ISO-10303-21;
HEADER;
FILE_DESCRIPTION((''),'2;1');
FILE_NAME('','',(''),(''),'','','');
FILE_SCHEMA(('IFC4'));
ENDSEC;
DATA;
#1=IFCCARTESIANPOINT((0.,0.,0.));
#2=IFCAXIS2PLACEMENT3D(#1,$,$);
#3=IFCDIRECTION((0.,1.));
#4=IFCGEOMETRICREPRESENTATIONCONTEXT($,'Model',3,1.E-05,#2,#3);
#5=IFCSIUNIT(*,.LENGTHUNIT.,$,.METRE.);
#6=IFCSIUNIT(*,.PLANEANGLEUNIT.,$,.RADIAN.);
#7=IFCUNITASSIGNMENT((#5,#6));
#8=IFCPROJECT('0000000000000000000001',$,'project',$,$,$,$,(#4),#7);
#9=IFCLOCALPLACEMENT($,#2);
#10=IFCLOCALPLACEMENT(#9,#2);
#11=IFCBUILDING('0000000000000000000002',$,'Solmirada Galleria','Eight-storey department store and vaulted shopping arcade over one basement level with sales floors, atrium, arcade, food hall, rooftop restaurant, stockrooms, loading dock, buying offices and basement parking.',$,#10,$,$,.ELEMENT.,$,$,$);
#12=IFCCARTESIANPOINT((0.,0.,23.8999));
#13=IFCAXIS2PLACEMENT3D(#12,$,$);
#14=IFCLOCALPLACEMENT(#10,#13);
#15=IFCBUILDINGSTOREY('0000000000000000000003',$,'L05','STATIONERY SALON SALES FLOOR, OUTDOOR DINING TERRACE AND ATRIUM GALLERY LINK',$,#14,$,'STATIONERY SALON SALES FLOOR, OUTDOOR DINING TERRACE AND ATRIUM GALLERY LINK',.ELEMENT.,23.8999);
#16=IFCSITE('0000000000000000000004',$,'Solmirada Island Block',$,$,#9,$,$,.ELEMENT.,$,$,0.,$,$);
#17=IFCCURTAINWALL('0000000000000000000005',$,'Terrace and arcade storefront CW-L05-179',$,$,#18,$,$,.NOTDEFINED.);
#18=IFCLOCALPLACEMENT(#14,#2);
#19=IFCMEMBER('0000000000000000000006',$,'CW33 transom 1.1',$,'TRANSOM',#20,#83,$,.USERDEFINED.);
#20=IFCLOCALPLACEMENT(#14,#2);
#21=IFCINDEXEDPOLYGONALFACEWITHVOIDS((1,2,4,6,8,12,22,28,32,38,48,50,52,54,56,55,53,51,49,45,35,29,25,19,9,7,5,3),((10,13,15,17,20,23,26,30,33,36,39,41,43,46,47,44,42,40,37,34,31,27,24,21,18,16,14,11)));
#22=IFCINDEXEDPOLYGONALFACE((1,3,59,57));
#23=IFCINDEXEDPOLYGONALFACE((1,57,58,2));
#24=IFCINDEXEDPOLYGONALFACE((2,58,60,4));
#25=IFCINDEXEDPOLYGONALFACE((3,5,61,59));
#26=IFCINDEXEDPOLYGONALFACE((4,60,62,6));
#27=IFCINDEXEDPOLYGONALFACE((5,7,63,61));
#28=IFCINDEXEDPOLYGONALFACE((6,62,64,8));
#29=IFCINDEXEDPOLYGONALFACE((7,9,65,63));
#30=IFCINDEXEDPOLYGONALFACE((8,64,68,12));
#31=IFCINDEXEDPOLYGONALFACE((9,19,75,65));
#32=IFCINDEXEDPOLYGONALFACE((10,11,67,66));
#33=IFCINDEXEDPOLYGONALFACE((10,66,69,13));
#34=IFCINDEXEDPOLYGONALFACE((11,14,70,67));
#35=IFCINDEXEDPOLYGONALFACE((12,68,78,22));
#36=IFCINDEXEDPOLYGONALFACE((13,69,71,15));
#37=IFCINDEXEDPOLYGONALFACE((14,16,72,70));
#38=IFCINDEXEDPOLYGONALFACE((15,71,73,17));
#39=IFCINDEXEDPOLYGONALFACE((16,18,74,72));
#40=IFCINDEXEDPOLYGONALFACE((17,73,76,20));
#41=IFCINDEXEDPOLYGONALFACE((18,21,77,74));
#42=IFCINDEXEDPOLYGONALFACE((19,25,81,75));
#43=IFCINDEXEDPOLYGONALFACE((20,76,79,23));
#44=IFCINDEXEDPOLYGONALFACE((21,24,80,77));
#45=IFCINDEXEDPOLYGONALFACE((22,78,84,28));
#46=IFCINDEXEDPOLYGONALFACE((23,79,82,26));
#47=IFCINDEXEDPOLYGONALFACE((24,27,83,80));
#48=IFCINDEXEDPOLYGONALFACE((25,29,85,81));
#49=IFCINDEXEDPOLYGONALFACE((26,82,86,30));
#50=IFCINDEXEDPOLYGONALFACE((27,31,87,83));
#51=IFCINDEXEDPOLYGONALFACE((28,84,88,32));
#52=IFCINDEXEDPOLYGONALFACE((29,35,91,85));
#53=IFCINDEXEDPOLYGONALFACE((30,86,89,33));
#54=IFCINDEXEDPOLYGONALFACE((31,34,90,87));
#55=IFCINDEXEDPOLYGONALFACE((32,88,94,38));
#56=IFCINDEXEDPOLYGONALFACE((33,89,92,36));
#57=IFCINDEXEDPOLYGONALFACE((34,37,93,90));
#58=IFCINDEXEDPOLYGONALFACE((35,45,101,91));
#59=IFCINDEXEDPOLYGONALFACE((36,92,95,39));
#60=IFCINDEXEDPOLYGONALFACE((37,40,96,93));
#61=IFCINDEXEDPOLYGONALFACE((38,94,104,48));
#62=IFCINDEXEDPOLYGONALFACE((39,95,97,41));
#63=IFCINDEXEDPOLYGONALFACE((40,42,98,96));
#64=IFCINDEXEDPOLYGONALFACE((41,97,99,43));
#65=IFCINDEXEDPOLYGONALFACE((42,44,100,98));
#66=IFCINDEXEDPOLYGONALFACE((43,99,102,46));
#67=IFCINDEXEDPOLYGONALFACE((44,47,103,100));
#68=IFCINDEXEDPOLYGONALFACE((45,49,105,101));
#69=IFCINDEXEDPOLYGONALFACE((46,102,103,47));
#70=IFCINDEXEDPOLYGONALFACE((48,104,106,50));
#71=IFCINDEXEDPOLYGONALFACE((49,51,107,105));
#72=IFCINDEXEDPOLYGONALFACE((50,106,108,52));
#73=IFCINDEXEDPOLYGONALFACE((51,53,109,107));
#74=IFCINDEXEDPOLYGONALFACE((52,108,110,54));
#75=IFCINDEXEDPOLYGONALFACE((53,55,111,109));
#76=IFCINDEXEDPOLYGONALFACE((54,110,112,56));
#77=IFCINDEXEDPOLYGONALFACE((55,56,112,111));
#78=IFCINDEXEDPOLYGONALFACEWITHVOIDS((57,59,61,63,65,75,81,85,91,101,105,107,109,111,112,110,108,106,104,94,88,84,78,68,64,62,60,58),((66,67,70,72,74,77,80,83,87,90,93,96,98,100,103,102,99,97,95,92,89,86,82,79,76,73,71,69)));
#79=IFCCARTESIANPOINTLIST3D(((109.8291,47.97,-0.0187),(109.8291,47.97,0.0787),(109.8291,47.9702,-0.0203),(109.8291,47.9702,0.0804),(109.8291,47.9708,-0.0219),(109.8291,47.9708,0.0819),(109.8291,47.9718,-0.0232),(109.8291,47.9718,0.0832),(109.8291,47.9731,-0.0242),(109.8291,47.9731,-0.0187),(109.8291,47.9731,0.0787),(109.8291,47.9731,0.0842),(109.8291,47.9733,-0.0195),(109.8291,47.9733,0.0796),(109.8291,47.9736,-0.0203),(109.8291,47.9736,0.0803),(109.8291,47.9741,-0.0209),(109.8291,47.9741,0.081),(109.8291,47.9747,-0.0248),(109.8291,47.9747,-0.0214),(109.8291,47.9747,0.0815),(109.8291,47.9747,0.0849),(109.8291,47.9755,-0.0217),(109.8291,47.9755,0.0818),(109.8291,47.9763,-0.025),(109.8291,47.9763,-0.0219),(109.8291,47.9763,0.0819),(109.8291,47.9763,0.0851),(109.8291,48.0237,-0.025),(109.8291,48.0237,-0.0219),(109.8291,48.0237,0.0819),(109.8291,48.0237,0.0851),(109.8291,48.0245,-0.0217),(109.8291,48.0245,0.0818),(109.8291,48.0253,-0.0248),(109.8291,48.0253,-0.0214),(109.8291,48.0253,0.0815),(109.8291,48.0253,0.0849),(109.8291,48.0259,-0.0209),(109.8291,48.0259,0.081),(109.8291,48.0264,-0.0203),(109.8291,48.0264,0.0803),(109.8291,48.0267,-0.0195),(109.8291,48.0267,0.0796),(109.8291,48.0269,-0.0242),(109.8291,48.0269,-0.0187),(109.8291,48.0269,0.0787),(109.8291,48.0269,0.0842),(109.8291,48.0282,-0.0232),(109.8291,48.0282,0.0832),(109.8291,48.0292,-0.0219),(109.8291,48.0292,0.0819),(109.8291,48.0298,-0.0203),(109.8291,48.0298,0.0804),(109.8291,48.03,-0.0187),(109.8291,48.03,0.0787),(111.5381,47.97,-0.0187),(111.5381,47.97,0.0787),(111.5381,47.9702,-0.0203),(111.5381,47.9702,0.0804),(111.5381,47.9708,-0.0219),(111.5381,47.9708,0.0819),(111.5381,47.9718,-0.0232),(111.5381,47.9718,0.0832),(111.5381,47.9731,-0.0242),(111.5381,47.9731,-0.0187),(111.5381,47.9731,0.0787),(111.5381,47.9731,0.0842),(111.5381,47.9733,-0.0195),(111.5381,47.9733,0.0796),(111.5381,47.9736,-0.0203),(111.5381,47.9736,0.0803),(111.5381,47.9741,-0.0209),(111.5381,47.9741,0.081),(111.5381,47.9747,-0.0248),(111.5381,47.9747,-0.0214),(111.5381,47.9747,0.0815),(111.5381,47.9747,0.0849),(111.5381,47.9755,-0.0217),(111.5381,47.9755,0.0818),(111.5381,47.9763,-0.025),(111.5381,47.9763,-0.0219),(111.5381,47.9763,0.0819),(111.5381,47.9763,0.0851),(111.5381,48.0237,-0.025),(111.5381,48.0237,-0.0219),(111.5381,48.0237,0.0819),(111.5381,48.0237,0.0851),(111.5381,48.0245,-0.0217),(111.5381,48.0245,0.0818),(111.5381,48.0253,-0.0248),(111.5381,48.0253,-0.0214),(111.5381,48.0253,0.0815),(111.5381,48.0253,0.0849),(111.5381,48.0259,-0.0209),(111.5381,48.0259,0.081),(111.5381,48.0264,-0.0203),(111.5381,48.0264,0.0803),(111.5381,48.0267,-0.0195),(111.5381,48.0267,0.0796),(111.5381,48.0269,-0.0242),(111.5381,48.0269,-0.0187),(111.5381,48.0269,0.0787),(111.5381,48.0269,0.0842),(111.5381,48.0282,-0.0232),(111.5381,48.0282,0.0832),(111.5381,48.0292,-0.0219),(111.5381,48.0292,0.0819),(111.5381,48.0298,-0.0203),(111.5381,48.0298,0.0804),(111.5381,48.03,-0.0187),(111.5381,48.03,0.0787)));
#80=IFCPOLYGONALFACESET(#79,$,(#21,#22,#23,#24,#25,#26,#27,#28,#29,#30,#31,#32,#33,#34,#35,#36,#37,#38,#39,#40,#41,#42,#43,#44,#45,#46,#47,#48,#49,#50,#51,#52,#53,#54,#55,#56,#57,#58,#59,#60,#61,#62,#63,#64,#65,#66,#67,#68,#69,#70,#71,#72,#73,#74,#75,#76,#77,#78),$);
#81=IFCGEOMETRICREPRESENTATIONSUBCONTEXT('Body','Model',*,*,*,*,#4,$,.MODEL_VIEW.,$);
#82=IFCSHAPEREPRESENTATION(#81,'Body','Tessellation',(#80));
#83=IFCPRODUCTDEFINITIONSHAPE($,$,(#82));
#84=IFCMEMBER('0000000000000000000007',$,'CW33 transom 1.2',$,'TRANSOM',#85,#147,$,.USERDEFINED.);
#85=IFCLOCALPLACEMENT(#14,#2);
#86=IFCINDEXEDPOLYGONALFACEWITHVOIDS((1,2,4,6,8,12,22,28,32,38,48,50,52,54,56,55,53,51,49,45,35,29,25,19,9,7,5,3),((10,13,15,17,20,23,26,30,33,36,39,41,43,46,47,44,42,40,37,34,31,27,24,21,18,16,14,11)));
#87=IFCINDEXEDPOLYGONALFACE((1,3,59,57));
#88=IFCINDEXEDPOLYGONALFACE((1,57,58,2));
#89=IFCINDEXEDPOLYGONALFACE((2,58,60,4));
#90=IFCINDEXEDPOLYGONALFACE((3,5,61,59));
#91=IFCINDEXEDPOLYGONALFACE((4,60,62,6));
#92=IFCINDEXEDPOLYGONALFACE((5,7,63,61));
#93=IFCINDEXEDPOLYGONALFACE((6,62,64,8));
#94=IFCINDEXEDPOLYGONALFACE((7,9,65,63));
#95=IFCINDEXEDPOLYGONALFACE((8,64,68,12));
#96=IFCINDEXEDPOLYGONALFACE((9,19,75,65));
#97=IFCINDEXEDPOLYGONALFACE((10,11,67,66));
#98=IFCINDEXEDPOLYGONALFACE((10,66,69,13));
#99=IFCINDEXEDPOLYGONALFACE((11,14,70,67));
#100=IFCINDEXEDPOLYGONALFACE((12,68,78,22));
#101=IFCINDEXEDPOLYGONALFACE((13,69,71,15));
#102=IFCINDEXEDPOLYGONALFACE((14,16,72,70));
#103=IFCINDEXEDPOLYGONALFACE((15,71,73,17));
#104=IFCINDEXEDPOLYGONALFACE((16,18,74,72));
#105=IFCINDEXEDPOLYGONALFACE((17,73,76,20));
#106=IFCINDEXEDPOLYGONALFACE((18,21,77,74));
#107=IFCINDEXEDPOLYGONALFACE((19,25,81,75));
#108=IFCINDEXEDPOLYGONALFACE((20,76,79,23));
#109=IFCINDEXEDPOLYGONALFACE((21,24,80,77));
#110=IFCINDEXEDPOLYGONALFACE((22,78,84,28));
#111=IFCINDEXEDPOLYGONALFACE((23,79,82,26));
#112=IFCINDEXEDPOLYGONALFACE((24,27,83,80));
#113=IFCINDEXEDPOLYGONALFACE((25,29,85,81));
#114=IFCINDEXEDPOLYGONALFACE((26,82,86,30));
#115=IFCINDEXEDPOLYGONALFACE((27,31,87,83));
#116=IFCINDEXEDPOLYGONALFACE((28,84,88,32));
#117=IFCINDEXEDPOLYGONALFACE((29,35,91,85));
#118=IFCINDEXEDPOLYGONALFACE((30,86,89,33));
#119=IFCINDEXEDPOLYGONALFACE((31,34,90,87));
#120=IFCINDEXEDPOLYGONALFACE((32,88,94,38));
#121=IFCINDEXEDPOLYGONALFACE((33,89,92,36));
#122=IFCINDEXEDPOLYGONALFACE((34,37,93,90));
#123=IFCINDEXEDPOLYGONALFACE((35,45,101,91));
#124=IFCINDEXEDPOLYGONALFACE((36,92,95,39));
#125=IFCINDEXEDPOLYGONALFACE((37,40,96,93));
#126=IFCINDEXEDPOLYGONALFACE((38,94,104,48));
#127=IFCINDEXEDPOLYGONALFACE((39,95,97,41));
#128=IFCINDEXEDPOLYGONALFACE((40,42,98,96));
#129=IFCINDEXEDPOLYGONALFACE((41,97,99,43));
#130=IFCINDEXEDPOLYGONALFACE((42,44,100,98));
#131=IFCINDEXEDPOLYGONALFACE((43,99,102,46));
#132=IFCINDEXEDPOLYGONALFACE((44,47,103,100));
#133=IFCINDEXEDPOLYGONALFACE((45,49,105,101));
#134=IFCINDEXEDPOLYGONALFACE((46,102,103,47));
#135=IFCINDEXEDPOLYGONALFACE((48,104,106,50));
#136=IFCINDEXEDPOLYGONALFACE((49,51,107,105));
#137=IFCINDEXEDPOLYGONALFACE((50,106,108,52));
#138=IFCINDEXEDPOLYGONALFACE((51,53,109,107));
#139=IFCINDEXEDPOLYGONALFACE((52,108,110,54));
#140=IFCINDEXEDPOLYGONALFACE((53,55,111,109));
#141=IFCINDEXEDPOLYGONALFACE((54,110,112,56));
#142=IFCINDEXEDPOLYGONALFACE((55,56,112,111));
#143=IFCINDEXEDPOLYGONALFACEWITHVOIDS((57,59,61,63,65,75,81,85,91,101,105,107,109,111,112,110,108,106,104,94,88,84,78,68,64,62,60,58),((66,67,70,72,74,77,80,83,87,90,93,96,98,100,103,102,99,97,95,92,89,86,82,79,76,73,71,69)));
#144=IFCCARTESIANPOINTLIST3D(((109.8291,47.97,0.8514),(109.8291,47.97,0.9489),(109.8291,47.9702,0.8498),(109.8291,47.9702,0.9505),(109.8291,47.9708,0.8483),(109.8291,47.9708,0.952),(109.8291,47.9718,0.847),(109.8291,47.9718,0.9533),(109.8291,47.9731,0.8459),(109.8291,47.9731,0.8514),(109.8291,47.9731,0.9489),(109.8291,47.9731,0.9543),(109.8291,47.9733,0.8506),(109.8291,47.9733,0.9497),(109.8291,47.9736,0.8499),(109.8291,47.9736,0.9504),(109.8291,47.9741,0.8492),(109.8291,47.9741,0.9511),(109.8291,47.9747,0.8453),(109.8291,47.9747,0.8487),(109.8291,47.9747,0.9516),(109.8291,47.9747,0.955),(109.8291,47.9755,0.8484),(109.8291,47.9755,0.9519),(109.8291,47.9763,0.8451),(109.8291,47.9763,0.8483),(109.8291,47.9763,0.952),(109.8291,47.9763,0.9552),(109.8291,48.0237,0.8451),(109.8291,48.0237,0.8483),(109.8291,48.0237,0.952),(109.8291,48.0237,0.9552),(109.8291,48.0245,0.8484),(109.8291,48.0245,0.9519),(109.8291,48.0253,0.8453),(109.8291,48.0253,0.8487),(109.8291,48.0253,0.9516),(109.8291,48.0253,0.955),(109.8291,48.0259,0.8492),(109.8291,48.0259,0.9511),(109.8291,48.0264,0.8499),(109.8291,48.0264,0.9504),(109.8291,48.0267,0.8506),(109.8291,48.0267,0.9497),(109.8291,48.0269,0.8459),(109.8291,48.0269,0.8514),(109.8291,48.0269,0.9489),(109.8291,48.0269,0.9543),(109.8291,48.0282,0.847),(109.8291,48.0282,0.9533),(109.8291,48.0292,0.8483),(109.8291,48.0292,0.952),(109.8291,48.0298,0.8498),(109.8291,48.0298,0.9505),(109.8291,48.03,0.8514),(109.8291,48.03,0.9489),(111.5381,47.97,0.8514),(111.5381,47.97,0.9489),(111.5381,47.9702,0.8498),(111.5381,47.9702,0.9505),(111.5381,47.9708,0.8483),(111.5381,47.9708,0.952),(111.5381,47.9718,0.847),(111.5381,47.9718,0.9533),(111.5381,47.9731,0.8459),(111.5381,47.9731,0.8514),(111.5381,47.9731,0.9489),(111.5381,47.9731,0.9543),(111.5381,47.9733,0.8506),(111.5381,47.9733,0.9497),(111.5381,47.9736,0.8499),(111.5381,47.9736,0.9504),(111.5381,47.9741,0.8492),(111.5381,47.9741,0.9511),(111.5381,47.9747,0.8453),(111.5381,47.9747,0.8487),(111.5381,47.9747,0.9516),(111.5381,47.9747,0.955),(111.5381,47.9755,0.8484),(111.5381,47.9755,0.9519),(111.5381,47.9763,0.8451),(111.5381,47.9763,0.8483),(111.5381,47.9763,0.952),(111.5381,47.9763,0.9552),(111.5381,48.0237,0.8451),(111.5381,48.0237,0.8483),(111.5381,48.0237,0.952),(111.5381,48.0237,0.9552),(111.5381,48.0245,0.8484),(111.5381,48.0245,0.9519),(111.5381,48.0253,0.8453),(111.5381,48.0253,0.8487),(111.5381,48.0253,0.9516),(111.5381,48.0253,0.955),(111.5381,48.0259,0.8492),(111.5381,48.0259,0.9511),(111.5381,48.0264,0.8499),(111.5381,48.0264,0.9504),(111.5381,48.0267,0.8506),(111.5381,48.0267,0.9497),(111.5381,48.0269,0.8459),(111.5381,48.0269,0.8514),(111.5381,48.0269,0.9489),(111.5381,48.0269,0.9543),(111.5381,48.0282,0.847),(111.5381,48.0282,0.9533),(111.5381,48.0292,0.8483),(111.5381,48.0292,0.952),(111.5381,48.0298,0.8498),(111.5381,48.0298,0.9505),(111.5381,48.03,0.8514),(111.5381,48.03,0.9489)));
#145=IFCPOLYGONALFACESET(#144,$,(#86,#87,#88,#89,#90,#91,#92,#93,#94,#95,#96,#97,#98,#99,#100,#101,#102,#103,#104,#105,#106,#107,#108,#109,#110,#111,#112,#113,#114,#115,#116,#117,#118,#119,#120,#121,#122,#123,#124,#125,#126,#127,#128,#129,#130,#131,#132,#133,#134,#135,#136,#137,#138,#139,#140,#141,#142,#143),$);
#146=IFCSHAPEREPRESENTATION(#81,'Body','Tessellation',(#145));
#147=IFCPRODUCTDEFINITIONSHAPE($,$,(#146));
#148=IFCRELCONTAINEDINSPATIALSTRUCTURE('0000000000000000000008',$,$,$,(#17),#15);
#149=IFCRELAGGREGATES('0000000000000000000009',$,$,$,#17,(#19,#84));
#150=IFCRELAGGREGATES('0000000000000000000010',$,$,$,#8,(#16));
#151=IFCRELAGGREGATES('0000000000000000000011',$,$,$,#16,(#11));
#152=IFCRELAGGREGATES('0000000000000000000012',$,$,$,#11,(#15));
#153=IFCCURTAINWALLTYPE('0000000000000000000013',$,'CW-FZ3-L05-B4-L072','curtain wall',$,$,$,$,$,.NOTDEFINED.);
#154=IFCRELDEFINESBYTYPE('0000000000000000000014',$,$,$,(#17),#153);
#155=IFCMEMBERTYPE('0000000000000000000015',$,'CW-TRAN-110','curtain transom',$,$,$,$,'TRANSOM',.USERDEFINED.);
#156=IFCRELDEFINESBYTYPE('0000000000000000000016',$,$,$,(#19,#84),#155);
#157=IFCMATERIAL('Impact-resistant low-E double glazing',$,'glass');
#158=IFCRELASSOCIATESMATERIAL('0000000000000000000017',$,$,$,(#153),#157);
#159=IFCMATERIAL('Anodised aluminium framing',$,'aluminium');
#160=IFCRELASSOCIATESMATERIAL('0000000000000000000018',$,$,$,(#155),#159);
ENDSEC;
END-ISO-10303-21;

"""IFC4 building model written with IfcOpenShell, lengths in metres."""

from ifc_helpers import new_model, si_unit, direction, frame, origin, origin_2d, place, context, subcontext, project, spatial, hollow_rectangle, extrude, material, material_profile, profile_set, type_object, element, aggregate, save


model = new_model("IFC4")

# Units and contexts
model_context = context("Model", 3, precision=1e-05, world=origin(), true_north=direction((0.0, 1.0)))
body_context = subcontext(model_context, "Body", "Model", "MODEL_VIEW")
ifc_project = project(units=[si_unit("LENGTHUNIT", "METRE"), si_unit("PLANEANGLEUNIT", "RADIAN")], contexts=[model_context])

# Site, building, storey
site_placement = place(None, origin())
site = spatial("IfcSite", under=ifc_project, at=site_placement, Name="Solmirada Island Block", CompositionType="ELEMENT", RefElevation=0.0)
building_placement = place(site_placement, origin())
building = spatial("IfcBuilding", under=site, at=building_placement, Name="Solmirada Galleria", Description="Eight-storey department store and vaulted shopping arcade over one basement level with sales floors, atrium, arcade, food hall, rooftop restaurant, stockrooms, loading dock, buying offices and basement parking.", CompositionType="ELEMENT")
storey_placement = place(building_placement, frame((0.0, 0.0, 23.8999)))
storey = spatial("IfcBuildingStorey", under=building, at=storey_placement, Name="L05", Description="STATIONERY SALON SALES FLOOR, OUTDOOR DINING TERRACE AND ATRIUM GALLERY LINK", LongName="STATIONERY SALON SALES FLOOR, OUTDOOR DINING TERRACE AND ATRIUM GALLERY LINK", CompositionType="ELEMENT", Elevation=23.8999)

# Shared definitions
ifc_material_1 = material(Name="Impact-resistant low-E double glazing", Category="glass")
curtain_wall_type = type_object("IfcCurtainWallType", Name="CW-FZ3-L05-B4-L072", Description="curtain wall", PredefinedType="NOTDEFINED", material=ifc_material_1)
ifc_material_2 = material(Name="Anodised aluminium framing", Category="aluminium")

# Curtain wall
curtain_wall_1_placement = place(storey_placement, origin())
curtain_wall_1 = element("IfcCurtainWall", 1, at=curtain_wall_1_placement, inside=storey, type_object=curtain_wall_type, Name="Terrace and arcade storefront CW-L05-179", PredefinedType="NOTDEFINED")

# Members
ifc_material_profile_1 = material_profile(ifc_material_2, hollow_rectangle(XDim=0.0601, YDim=0.1101, WallThickness=0.0032, InnerFilletRadius=0.0032, OuterFilletRadius=0.0063, at=origin_2d()), Name="ALU-TRAN-110X60")
ifc_profile_set_1 = profile_set([ifc_material_profile_1], Name="Anodised aluminium framing")
member_type_1 = type_object("IfcMemberType", Name="CW-TRAN-110", Description="curtain transom", ElementType="TRANSOM", PredefinedType="USERDEFINED", material=ifc_profile_set_1)
member_1_placement = place(storey_placement, frame((111.5381, 48.0, 0.03), z_axis=(-1.0, 0.0, 0.0), x_axis=(0.0, -1.0, 0.0)))
member_1 = element("IfcMember", 2, at=member_1_placement, type_object=member_type_1, Name="CW33 transom 1.1", ObjectType="TRANSOM", PredefinedType="USERDEFINED", context=body_context, shape_type="SweptSolid", body=[
    extrude(hollow_rectangle(XDim=0.0601, YDim=0.1101, WallThickness=0.0032, InnerFilletRadius=0.0032, OuterFilletRadius=0.0063, at=origin_2d()), origin(), (0.0, 0.0, 1.0), 1.709),
])
member_2_placement = place(storey_placement, frame((111.5381, 48.0, 0.9001), z_axis=(-1.0, 0.0, 0.0), x_axis=(0.0, -1.0, 0.0)))
member_2 = element("IfcMember", 3, at=member_2_placement, type_object=member_type_1, Name="CW33 transom 1.2", ObjectType="TRANSOM", PredefinedType="USERDEFINED", context=body_context, shape_type="SweptSolid", body=[
    extrude(hollow_rectangle(XDim=0.0601, YDim=0.1101, WallThickness=0.0032, InnerFilletRadius=0.0032, OuterFilletRadius=0.0063, at=origin_2d()), origin(), (0.0, 0.0, 1.0), 1.709),
])

aggregate(curtain_wall_1, [member_1, member_2])

save(model, "model.ifc")
